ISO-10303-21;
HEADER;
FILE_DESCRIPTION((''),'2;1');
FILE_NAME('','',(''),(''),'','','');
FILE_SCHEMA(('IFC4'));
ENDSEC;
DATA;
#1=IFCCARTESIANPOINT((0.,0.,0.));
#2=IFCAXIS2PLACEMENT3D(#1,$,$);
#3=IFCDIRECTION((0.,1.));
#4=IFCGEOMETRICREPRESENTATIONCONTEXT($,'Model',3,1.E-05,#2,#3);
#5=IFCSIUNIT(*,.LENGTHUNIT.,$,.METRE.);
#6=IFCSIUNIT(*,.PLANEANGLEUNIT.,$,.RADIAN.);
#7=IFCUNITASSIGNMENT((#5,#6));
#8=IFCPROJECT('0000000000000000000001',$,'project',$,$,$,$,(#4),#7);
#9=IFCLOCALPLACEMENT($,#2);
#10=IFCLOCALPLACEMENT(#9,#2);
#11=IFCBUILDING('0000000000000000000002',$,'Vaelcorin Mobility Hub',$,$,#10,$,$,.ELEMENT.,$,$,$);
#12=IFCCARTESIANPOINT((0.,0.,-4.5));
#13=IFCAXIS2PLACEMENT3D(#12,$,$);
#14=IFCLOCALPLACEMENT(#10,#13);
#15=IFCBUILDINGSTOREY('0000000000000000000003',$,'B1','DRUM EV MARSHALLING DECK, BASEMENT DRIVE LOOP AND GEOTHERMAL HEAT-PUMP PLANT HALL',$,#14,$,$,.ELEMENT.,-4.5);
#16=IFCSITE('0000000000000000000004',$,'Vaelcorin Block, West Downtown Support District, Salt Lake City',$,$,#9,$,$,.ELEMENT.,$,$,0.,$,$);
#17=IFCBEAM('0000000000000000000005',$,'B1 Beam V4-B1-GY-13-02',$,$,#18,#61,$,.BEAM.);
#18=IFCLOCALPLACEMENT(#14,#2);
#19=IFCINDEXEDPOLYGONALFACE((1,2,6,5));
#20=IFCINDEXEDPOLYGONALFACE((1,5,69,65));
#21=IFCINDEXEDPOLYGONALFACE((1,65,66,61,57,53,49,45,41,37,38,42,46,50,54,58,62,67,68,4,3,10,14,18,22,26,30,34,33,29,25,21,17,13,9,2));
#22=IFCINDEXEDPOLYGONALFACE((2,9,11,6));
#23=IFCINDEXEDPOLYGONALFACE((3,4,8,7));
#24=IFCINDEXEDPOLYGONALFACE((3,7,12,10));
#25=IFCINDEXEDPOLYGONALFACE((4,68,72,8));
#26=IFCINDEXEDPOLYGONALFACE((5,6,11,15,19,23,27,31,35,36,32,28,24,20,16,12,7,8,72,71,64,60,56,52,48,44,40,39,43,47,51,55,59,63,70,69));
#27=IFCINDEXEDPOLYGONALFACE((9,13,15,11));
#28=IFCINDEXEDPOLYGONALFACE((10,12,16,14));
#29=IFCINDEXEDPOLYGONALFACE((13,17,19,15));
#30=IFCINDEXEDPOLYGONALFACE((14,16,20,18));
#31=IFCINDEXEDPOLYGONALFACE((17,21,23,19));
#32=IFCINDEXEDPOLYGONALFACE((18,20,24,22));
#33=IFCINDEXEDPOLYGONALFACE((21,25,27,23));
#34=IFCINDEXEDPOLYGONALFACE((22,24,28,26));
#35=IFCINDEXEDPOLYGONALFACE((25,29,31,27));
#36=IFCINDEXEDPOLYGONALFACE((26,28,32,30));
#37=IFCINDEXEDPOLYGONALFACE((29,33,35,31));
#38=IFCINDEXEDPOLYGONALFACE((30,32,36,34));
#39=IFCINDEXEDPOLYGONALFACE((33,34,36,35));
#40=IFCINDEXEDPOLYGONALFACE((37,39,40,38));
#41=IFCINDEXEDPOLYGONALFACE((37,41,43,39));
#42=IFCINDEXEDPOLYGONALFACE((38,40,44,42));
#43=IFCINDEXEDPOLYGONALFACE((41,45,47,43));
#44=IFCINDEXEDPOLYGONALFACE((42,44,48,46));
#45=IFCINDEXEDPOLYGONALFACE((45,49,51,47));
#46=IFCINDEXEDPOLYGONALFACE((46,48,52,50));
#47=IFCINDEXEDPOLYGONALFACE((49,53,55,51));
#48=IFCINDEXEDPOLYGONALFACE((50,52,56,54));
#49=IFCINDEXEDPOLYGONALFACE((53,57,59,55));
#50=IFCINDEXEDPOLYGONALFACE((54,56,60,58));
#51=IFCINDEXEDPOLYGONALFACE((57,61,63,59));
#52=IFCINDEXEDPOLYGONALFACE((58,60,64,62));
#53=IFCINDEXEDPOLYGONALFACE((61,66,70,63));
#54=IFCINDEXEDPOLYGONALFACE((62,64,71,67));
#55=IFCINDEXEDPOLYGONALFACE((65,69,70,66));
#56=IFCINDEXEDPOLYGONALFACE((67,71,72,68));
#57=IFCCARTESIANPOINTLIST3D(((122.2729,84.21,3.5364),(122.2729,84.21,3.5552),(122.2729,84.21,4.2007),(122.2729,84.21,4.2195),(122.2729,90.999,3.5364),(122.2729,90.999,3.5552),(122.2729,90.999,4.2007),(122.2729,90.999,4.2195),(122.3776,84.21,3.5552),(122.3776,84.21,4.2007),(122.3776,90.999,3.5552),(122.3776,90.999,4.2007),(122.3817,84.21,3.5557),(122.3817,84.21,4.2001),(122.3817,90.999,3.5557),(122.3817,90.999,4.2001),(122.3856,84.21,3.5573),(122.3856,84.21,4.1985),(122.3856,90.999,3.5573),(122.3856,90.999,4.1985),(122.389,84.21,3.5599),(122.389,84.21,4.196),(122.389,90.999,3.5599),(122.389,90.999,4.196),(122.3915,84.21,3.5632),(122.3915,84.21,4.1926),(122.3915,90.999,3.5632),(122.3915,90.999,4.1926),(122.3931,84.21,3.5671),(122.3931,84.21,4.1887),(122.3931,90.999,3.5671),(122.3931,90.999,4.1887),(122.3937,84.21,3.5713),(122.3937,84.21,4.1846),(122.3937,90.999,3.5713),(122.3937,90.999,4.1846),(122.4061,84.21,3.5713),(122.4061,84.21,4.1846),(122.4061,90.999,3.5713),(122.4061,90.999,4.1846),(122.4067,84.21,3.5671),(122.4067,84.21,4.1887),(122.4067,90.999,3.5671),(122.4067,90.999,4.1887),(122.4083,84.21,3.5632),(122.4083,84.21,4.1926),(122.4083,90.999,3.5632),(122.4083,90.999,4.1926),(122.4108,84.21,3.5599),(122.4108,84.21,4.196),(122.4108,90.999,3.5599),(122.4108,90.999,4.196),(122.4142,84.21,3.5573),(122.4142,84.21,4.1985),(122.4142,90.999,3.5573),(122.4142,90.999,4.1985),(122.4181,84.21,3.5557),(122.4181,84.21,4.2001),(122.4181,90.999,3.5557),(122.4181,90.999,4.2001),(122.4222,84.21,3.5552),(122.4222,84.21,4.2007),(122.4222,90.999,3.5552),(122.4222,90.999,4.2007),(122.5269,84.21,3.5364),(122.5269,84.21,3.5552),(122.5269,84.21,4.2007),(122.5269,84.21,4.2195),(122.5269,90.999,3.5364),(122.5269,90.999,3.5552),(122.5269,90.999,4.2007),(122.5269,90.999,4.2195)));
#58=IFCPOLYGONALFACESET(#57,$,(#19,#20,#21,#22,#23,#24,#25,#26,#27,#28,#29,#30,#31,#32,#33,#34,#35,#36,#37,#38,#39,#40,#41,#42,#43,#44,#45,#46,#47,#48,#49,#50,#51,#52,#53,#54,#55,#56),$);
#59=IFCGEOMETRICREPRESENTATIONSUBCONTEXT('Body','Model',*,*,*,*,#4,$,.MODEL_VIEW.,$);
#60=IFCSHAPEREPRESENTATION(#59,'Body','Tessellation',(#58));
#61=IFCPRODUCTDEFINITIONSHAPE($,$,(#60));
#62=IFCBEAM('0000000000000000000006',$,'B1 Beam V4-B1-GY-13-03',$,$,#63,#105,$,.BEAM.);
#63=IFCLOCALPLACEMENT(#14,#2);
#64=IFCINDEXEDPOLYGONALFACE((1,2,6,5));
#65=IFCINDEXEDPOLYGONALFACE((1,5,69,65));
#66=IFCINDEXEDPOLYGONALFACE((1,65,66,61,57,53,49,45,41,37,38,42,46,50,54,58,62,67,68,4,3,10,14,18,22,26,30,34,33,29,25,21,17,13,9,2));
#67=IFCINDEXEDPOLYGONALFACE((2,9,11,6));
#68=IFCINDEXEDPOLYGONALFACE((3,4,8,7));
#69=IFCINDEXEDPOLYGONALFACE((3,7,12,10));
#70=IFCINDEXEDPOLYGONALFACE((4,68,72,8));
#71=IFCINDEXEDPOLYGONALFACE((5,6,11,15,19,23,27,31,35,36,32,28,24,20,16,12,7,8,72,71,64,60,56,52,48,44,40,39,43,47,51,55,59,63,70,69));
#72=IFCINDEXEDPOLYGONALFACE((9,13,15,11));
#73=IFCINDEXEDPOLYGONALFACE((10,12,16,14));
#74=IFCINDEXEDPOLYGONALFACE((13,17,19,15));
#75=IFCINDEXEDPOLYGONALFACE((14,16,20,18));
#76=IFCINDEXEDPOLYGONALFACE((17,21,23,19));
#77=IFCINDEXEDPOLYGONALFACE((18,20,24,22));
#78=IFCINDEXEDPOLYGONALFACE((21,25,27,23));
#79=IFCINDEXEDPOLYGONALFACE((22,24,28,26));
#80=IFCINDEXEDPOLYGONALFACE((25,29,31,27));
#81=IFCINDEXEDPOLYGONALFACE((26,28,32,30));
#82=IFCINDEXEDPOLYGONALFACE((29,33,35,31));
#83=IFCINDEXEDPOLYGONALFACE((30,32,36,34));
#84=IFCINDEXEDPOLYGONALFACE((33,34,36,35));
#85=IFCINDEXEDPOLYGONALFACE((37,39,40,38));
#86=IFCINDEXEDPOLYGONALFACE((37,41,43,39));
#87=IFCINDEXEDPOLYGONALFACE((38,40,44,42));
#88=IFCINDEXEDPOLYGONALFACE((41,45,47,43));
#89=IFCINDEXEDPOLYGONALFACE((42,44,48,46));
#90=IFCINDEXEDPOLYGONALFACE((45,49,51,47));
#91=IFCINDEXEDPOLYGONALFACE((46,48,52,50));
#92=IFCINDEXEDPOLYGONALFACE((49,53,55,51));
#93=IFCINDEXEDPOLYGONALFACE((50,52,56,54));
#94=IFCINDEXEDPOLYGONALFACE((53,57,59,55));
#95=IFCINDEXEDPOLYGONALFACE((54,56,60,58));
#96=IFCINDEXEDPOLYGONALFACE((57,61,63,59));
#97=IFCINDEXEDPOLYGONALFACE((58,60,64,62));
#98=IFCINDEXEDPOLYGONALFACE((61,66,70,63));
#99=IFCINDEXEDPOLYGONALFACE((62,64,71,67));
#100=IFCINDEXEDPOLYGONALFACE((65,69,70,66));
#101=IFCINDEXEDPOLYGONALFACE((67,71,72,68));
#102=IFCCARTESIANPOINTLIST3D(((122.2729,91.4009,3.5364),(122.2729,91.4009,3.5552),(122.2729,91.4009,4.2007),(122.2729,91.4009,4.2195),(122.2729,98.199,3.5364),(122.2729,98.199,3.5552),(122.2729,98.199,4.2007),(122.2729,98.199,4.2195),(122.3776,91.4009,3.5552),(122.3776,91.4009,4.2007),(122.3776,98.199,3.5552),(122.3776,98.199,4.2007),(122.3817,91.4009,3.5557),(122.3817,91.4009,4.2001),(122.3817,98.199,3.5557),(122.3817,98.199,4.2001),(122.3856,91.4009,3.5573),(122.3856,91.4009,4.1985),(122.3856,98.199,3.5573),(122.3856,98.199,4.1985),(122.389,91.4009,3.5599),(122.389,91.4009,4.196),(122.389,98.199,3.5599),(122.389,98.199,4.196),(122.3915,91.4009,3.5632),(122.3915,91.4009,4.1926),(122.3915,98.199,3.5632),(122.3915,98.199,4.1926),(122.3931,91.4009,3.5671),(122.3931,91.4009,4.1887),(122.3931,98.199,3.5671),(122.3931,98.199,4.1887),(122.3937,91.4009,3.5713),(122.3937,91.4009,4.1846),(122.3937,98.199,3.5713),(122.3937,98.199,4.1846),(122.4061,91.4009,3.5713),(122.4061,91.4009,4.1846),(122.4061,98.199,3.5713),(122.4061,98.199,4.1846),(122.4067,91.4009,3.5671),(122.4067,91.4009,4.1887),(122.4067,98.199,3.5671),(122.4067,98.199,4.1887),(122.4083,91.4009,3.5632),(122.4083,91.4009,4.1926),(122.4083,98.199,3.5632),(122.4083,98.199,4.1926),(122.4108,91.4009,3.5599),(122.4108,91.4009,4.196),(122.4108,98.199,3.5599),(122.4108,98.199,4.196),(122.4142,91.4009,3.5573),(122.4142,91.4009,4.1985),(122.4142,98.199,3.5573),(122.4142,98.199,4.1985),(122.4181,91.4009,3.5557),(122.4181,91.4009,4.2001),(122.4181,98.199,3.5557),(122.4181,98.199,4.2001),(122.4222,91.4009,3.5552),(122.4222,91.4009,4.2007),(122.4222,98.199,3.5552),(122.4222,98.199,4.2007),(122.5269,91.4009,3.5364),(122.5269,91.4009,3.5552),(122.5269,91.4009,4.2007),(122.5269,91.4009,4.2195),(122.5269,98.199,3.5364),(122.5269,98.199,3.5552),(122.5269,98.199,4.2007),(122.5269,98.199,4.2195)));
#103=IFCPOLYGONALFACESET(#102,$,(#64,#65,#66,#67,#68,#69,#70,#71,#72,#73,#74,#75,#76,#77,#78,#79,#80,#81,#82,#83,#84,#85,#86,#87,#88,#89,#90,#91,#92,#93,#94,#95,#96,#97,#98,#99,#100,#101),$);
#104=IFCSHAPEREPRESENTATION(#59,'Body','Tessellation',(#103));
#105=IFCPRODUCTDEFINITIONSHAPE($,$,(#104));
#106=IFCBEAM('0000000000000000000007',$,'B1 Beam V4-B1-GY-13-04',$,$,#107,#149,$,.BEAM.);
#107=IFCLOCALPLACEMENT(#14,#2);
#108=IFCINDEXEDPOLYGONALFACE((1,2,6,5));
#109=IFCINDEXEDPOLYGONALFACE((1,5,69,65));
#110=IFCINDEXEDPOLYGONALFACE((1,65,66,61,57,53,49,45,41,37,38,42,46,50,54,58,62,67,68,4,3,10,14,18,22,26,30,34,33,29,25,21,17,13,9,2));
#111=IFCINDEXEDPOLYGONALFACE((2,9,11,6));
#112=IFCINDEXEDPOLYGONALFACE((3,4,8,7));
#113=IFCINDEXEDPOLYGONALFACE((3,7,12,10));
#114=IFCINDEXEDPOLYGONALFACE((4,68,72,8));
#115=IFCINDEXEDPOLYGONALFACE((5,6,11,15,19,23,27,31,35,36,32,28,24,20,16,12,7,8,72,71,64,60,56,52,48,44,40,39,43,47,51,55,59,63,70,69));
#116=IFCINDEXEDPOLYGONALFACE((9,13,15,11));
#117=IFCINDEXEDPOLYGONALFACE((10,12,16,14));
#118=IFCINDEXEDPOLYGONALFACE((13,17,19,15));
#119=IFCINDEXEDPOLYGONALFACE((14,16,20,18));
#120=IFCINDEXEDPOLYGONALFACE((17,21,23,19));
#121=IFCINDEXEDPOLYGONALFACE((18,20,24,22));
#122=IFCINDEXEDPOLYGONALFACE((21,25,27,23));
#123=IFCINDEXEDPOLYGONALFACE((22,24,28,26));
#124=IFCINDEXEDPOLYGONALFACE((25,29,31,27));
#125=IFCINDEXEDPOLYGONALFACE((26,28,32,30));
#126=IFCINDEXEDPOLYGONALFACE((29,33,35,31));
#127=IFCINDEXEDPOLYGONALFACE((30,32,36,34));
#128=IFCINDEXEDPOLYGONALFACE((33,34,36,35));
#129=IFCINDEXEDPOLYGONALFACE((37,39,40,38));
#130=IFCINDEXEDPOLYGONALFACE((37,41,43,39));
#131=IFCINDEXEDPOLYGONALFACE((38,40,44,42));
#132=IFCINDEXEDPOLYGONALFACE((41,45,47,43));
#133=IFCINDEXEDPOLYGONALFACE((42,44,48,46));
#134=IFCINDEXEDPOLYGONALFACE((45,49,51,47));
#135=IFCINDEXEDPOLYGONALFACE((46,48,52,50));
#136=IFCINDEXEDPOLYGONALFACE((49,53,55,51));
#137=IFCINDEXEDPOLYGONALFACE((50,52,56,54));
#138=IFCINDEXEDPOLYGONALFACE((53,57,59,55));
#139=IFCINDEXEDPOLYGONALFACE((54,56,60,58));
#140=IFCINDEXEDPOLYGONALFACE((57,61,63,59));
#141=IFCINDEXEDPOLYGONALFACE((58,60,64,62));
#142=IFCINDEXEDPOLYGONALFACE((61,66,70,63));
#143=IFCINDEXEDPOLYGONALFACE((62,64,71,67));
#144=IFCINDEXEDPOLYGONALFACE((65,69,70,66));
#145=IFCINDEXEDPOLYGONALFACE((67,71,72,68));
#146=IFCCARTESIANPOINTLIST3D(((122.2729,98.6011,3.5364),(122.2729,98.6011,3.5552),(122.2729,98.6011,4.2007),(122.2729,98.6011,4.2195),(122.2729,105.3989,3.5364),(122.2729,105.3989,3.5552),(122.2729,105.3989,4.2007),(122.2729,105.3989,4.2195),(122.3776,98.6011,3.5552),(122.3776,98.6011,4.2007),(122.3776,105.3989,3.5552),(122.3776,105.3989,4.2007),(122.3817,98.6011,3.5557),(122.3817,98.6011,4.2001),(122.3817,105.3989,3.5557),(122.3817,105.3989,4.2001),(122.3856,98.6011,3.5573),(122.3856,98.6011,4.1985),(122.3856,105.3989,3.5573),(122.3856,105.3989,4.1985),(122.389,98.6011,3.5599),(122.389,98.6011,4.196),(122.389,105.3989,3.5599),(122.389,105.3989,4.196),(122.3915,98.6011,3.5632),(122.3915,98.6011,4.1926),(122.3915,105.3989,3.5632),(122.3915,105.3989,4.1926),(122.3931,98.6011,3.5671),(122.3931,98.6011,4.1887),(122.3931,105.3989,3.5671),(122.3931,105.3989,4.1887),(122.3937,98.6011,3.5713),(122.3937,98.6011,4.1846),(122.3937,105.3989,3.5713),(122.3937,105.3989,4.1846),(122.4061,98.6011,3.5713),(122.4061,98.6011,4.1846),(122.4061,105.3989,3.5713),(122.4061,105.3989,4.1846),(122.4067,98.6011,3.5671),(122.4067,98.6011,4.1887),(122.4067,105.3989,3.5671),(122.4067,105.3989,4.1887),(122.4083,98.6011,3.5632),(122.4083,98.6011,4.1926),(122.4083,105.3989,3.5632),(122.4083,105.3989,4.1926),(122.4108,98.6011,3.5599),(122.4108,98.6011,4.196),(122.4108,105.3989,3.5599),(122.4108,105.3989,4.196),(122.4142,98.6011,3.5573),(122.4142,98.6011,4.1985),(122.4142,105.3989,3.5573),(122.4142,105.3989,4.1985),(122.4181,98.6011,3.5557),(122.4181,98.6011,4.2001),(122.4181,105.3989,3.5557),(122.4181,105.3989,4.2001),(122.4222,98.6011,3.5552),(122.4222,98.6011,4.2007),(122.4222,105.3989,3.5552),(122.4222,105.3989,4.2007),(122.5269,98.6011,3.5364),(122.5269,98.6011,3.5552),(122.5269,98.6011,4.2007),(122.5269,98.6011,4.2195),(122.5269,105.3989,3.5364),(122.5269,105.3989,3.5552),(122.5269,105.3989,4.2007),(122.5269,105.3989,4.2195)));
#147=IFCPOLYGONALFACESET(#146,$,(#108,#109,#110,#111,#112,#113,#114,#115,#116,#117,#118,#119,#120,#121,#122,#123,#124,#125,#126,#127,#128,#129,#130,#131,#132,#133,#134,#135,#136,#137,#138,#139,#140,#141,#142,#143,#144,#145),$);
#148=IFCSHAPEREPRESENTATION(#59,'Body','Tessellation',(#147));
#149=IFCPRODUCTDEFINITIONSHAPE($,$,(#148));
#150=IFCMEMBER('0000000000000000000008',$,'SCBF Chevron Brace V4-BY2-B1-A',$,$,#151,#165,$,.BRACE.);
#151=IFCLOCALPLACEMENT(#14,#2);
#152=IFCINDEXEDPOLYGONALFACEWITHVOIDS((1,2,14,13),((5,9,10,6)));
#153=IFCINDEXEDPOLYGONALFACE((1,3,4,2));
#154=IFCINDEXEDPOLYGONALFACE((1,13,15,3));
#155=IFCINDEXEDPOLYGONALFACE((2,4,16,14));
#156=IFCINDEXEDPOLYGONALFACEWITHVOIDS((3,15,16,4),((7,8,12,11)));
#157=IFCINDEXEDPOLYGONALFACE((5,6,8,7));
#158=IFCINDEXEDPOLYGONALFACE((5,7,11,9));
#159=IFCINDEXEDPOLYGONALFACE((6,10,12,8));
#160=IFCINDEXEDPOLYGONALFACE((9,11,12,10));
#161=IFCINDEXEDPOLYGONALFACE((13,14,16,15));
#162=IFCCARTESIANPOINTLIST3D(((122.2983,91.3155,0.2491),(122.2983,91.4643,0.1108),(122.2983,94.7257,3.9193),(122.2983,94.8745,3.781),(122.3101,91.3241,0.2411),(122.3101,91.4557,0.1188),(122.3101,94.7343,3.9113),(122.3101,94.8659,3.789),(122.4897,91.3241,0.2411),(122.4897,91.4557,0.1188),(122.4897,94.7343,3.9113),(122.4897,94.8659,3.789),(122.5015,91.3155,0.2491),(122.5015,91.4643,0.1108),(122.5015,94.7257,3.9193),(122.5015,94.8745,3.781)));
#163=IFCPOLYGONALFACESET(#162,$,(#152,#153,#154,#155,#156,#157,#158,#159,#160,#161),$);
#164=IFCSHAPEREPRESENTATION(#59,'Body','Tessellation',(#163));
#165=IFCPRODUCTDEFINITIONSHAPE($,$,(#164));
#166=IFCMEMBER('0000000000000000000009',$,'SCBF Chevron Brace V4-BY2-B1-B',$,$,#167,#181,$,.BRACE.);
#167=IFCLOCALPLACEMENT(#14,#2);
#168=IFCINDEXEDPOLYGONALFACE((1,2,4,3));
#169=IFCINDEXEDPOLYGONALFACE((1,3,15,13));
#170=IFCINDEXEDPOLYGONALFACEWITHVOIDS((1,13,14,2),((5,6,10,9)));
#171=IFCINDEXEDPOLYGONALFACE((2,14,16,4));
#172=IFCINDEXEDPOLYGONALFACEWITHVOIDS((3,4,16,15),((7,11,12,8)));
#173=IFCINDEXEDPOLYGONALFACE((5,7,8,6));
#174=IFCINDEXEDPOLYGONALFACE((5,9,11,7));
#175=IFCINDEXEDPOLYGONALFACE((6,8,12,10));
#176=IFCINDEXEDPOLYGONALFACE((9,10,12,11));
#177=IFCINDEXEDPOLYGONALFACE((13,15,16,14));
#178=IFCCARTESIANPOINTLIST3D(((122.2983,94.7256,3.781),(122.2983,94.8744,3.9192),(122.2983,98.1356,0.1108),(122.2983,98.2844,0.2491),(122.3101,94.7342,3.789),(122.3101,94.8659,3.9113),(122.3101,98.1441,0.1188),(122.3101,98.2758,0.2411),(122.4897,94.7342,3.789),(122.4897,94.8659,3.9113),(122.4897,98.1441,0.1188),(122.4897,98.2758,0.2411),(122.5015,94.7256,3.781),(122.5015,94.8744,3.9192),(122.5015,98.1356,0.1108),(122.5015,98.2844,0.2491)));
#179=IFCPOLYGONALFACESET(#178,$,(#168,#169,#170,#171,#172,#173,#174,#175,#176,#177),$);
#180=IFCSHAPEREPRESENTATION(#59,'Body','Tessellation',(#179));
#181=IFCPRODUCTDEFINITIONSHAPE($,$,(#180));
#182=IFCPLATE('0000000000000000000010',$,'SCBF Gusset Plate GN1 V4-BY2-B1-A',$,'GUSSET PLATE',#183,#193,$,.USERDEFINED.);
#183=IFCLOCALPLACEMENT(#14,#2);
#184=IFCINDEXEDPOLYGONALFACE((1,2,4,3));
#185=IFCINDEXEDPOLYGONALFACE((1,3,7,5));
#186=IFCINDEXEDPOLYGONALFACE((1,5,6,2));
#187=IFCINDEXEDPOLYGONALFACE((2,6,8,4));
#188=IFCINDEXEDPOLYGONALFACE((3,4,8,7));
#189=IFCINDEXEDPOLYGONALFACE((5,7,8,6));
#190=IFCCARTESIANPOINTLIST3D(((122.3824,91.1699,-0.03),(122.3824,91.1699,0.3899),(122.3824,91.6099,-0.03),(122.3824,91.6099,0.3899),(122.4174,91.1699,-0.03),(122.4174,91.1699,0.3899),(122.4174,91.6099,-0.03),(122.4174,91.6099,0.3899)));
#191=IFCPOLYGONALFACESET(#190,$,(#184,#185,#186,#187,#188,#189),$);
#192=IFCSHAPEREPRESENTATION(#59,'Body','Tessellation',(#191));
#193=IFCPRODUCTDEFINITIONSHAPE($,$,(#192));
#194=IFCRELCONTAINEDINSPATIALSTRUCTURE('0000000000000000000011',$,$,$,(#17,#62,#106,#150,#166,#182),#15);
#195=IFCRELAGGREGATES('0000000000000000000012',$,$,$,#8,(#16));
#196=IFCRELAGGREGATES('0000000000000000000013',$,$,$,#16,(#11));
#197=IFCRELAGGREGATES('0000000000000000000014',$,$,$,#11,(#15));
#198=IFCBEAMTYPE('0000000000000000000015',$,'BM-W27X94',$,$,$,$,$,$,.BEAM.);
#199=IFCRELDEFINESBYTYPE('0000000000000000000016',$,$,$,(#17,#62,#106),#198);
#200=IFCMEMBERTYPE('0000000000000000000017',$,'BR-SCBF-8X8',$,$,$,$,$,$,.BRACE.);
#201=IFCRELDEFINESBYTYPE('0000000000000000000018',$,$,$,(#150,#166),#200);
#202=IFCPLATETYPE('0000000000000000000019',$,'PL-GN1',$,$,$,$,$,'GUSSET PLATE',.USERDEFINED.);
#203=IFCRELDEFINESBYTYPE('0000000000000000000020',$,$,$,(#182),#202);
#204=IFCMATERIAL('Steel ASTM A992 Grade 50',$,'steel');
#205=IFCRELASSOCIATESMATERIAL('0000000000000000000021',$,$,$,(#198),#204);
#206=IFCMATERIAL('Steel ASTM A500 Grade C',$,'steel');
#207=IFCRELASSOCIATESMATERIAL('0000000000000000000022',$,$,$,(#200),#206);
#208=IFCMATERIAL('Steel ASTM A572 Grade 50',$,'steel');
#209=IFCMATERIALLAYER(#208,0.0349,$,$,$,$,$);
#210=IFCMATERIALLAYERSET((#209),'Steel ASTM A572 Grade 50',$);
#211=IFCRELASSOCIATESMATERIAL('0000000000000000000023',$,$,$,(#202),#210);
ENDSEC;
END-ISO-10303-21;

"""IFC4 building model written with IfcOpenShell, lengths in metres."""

from ifc_helpers import new_model, si_unit, direction, frame, origin, origin_2d, place, context, subcontext, project, spatial, rectangle, hollow_rectangle, i_section, extrude, material, layer, layer_set, material_profile, profile_set, type_object, element, save


model = new_model("IFC4")

# Units and contexts
model_context = context("Model", 3, precision=1e-05, world=origin(), true_north=direction((0.0, 1.0)))
body_context = subcontext(model_context, "Body", "Model", "MODEL_VIEW")
ifc_project = project(units=[si_unit("LENGTHUNIT", "METRE"), si_unit("PLANEANGLEUNIT", "RADIAN")], contexts=[model_context])

# Site, building, storey
site_placement = place(None, origin())
site = spatial("IfcSite", under=ifc_project, at=site_placement, Name="Vaelcorin Block, West Downtown Support District, Salt Lake City", CompositionType="ELEMENT", RefElevation=0.0)
building_placement = place(site_placement, origin())
building = spatial("IfcBuilding", under=site, at=building_placement, Name="Vaelcorin Mobility Hub", CompositionType="ELEMENT")
storey_placement = place(building_placement, frame((0.0, 0.0, -4.5)))
storey = spatial("IfcBuildingStorey", under=building, at=storey_placement, Name="B1", Description="DRUM EV MARSHALLING DECK, BASEMENT DRIVE LOOP AND GEOTHERMAL HEAT-PUMP PLANT HALL", CompositionType="ELEMENT", Elevation=-4.5)

# Shared definitions
ifc_material_1 = material(Name="Steel ASTM A992 Grade 50", Category="steel")

# Beams
ifc_material_profile_1 = material_profile(ifc_material_1, i_section(OverallWidth=0.2539, OverallDepth=0.6831, WebThickness=0.0125, FlangeThickness=0.0188, FilletRadius=0.0161, at=origin_2d()), Name="W27X94")
ifc_profile_set_1 = profile_set([ifc_material_profile_1], Name="Steel ASTM A992 Grade 50")
beam_type_1 = type_object("IfcBeamType", Name="BM-W27X94", PredefinedType="BEAM", material=ifc_profile_set_1)
beam_1_placement = place(storey_placement, frame((122.3999, 84.21, 3.8779), z_axis=(0.0, 1.0, 0.0), x_axis=(-1.0, 0.0, 0.0)))
element("IfcBeam", 1, at=beam_1_placement, inside=storey, type_object=beam_type_1, Name="B1 Beam V4-B1-GY-13-02", PredefinedType="BEAM", context=body_context, shape_type="SweptSolid", body=[
    extrude(i_section(OverallWidth=0.2539, OverallDepth=0.6831, WebThickness=0.0125, FlangeThickness=0.0188, FilletRadius=0.0161, at=origin_2d()), origin(), (0.0, 0.0, 1.0), 6.7891),
])
beam_2_placement = place(storey_placement, frame((122.3999, 91.4009, 3.8779), z_axis=(0.0, 1.0, 0.0), x_axis=(-1.0, 0.0, 0.0)))
element("IfcBeam", 2, at=beam_2_placement, inside=storey, type_object=beam_type_1, Name="B1 Beam V4-B1-GY-13-03", PredefinedType="BEAM", context=body_context, shape_type="SweptSolid", body=[
    extrude(i_section(OverallWidth=0.2539, OverallDepth=0.6831, WebThickness=0.0125, FlangeThickness=0.0188, FilletRadius=0.0161, at=origin_2d()), origin(), (0.0, 0.0, 1.0), 6.7981),
])
beam_3_placement = place(storey_placement, frame((122.3999, 98.6011, 3.8779), z_axis=(0.0, 1.0, 0.0), x_axis=(-1.0, 0.0, 0.0)))
element("IfcBeam", 3, at=beam_3_placement, inside=storey, type_object=beam_type_1, Name="B1 Beam V4-B1-GY-13-04", PredefinedType="BEAM", context=body_context, shape_type="SweptSolid", body=[
    extrude(i_section(OverallWidth=0.2539, OverallDepth=0.6831, WebThickness=0.0125, FlangeThickness=0.0188, FilletRadius=0.0161, at=origin_2d()), origin(), (0.0, 0.0, 1.0), 6.7979),
])

# Members
ifc_material_2 = material(Name="Steel ASTM A500 Grade C", Category="steel")
ifc_material_profile_2 = material_profile(ifc_material_2, hollow_rectangle(XDim=0.2031, YDim=0.2031, WallThickness=0.0117, at=origin_2d()), Name="HSS8X8X0.500")
ifc_profile_set_2 = profile_set([ifc_material_profile_2], Name="Steel ASTM A500 Grade C")
member_type = type_object("IfcMemberType", Name="BR-SCBF-8X8", PredefinedType="BRACE", material=ifc_profile_set_2)
member_1_placement = place(storey_placement, frame((122.3999, 91.3899, 0.1799), z_axis=(0.0, 0.680681, 0.73258), x_axis=(-1.0, 0.0, 0.0)))
element("IfcMember", 4, at=member_1_placement, inside=storey, type_object=member_type, Name="SCBF Chevron Brace V4-BY2-B1-A", PredefinedType="BRACE", context=body_context, shape_type="SweptSolid", body=[
    extrude(hollow_rectangle(XDim=0.2031, YDim=0.2031, WallThickness=0.0117, at=origin_2d()), origin(), (0.0, 0.0, 1.0), 5.01),
])
member_2_placement = place(storey_placement, frame((122.3999, 98.21, 0.1799), z_axis=(0.0, -0.680655, 0.732604), x_axis=(1.0, 0.0, 0.0)))
element("IfcMember", 5, at=member_2_placement, inside=storey, type_object=member_type, Name="SCBF Chevron Brace V4-BY2-B1-B", PredefinedType="BRACE", context=body_context, shape_type="SweptSolid", body=[
    extrude(hollow_rectangle(XDim=0.2031, YDim=0.2031, WallThickness=0.0117, at=origin_2d()), origin(), (0.0, 0.0, 1.0), 5.0098),
])

# Plate
ifc_material_3 = material(Name="Steel ASTM A572 Grade 50", Category="steel")
ifc_layer_1 = layer(ifc_material_3, 0.0349)
ifc_layer_set_1 = layer_set([ifc_layer_1], Name="Steel ASTM A572 Grade 50")
plate_type = type_object("IfcPlateType", Name="PL-GN1", ElementType="GUSSET PLATE", PredefinedType="USERDEFINED", material=ifc_layer_set_1)
for number, where, z_axis, x_axis, name in (
    (6, (122.3999, 91.3899, -0.03), (0.0, 0.0, 1.0), (0.0, 1.0, 0.0), "SCBF Gusset Plate GN1 V4-BY2-B1-A"),
):
    element("IfcPlate", number, at=place(storey_placement, frame(where, z_axis=z_axis, x_axis=x_axis)), inside=storey, type_object=plate_type, Name=name, ObjectType="GUSSET PLATE", PredefinedType="USERDEFINED", context=body_context, shape_type="SweptSolid", body=[
        extrude(rectangle(XDim=0.4399, YDim=0.0349, at=origin_2d()), origin(), (0.0, 0.0, 1.0), 0.4199),
    ])

save(model, "model.ifc")
